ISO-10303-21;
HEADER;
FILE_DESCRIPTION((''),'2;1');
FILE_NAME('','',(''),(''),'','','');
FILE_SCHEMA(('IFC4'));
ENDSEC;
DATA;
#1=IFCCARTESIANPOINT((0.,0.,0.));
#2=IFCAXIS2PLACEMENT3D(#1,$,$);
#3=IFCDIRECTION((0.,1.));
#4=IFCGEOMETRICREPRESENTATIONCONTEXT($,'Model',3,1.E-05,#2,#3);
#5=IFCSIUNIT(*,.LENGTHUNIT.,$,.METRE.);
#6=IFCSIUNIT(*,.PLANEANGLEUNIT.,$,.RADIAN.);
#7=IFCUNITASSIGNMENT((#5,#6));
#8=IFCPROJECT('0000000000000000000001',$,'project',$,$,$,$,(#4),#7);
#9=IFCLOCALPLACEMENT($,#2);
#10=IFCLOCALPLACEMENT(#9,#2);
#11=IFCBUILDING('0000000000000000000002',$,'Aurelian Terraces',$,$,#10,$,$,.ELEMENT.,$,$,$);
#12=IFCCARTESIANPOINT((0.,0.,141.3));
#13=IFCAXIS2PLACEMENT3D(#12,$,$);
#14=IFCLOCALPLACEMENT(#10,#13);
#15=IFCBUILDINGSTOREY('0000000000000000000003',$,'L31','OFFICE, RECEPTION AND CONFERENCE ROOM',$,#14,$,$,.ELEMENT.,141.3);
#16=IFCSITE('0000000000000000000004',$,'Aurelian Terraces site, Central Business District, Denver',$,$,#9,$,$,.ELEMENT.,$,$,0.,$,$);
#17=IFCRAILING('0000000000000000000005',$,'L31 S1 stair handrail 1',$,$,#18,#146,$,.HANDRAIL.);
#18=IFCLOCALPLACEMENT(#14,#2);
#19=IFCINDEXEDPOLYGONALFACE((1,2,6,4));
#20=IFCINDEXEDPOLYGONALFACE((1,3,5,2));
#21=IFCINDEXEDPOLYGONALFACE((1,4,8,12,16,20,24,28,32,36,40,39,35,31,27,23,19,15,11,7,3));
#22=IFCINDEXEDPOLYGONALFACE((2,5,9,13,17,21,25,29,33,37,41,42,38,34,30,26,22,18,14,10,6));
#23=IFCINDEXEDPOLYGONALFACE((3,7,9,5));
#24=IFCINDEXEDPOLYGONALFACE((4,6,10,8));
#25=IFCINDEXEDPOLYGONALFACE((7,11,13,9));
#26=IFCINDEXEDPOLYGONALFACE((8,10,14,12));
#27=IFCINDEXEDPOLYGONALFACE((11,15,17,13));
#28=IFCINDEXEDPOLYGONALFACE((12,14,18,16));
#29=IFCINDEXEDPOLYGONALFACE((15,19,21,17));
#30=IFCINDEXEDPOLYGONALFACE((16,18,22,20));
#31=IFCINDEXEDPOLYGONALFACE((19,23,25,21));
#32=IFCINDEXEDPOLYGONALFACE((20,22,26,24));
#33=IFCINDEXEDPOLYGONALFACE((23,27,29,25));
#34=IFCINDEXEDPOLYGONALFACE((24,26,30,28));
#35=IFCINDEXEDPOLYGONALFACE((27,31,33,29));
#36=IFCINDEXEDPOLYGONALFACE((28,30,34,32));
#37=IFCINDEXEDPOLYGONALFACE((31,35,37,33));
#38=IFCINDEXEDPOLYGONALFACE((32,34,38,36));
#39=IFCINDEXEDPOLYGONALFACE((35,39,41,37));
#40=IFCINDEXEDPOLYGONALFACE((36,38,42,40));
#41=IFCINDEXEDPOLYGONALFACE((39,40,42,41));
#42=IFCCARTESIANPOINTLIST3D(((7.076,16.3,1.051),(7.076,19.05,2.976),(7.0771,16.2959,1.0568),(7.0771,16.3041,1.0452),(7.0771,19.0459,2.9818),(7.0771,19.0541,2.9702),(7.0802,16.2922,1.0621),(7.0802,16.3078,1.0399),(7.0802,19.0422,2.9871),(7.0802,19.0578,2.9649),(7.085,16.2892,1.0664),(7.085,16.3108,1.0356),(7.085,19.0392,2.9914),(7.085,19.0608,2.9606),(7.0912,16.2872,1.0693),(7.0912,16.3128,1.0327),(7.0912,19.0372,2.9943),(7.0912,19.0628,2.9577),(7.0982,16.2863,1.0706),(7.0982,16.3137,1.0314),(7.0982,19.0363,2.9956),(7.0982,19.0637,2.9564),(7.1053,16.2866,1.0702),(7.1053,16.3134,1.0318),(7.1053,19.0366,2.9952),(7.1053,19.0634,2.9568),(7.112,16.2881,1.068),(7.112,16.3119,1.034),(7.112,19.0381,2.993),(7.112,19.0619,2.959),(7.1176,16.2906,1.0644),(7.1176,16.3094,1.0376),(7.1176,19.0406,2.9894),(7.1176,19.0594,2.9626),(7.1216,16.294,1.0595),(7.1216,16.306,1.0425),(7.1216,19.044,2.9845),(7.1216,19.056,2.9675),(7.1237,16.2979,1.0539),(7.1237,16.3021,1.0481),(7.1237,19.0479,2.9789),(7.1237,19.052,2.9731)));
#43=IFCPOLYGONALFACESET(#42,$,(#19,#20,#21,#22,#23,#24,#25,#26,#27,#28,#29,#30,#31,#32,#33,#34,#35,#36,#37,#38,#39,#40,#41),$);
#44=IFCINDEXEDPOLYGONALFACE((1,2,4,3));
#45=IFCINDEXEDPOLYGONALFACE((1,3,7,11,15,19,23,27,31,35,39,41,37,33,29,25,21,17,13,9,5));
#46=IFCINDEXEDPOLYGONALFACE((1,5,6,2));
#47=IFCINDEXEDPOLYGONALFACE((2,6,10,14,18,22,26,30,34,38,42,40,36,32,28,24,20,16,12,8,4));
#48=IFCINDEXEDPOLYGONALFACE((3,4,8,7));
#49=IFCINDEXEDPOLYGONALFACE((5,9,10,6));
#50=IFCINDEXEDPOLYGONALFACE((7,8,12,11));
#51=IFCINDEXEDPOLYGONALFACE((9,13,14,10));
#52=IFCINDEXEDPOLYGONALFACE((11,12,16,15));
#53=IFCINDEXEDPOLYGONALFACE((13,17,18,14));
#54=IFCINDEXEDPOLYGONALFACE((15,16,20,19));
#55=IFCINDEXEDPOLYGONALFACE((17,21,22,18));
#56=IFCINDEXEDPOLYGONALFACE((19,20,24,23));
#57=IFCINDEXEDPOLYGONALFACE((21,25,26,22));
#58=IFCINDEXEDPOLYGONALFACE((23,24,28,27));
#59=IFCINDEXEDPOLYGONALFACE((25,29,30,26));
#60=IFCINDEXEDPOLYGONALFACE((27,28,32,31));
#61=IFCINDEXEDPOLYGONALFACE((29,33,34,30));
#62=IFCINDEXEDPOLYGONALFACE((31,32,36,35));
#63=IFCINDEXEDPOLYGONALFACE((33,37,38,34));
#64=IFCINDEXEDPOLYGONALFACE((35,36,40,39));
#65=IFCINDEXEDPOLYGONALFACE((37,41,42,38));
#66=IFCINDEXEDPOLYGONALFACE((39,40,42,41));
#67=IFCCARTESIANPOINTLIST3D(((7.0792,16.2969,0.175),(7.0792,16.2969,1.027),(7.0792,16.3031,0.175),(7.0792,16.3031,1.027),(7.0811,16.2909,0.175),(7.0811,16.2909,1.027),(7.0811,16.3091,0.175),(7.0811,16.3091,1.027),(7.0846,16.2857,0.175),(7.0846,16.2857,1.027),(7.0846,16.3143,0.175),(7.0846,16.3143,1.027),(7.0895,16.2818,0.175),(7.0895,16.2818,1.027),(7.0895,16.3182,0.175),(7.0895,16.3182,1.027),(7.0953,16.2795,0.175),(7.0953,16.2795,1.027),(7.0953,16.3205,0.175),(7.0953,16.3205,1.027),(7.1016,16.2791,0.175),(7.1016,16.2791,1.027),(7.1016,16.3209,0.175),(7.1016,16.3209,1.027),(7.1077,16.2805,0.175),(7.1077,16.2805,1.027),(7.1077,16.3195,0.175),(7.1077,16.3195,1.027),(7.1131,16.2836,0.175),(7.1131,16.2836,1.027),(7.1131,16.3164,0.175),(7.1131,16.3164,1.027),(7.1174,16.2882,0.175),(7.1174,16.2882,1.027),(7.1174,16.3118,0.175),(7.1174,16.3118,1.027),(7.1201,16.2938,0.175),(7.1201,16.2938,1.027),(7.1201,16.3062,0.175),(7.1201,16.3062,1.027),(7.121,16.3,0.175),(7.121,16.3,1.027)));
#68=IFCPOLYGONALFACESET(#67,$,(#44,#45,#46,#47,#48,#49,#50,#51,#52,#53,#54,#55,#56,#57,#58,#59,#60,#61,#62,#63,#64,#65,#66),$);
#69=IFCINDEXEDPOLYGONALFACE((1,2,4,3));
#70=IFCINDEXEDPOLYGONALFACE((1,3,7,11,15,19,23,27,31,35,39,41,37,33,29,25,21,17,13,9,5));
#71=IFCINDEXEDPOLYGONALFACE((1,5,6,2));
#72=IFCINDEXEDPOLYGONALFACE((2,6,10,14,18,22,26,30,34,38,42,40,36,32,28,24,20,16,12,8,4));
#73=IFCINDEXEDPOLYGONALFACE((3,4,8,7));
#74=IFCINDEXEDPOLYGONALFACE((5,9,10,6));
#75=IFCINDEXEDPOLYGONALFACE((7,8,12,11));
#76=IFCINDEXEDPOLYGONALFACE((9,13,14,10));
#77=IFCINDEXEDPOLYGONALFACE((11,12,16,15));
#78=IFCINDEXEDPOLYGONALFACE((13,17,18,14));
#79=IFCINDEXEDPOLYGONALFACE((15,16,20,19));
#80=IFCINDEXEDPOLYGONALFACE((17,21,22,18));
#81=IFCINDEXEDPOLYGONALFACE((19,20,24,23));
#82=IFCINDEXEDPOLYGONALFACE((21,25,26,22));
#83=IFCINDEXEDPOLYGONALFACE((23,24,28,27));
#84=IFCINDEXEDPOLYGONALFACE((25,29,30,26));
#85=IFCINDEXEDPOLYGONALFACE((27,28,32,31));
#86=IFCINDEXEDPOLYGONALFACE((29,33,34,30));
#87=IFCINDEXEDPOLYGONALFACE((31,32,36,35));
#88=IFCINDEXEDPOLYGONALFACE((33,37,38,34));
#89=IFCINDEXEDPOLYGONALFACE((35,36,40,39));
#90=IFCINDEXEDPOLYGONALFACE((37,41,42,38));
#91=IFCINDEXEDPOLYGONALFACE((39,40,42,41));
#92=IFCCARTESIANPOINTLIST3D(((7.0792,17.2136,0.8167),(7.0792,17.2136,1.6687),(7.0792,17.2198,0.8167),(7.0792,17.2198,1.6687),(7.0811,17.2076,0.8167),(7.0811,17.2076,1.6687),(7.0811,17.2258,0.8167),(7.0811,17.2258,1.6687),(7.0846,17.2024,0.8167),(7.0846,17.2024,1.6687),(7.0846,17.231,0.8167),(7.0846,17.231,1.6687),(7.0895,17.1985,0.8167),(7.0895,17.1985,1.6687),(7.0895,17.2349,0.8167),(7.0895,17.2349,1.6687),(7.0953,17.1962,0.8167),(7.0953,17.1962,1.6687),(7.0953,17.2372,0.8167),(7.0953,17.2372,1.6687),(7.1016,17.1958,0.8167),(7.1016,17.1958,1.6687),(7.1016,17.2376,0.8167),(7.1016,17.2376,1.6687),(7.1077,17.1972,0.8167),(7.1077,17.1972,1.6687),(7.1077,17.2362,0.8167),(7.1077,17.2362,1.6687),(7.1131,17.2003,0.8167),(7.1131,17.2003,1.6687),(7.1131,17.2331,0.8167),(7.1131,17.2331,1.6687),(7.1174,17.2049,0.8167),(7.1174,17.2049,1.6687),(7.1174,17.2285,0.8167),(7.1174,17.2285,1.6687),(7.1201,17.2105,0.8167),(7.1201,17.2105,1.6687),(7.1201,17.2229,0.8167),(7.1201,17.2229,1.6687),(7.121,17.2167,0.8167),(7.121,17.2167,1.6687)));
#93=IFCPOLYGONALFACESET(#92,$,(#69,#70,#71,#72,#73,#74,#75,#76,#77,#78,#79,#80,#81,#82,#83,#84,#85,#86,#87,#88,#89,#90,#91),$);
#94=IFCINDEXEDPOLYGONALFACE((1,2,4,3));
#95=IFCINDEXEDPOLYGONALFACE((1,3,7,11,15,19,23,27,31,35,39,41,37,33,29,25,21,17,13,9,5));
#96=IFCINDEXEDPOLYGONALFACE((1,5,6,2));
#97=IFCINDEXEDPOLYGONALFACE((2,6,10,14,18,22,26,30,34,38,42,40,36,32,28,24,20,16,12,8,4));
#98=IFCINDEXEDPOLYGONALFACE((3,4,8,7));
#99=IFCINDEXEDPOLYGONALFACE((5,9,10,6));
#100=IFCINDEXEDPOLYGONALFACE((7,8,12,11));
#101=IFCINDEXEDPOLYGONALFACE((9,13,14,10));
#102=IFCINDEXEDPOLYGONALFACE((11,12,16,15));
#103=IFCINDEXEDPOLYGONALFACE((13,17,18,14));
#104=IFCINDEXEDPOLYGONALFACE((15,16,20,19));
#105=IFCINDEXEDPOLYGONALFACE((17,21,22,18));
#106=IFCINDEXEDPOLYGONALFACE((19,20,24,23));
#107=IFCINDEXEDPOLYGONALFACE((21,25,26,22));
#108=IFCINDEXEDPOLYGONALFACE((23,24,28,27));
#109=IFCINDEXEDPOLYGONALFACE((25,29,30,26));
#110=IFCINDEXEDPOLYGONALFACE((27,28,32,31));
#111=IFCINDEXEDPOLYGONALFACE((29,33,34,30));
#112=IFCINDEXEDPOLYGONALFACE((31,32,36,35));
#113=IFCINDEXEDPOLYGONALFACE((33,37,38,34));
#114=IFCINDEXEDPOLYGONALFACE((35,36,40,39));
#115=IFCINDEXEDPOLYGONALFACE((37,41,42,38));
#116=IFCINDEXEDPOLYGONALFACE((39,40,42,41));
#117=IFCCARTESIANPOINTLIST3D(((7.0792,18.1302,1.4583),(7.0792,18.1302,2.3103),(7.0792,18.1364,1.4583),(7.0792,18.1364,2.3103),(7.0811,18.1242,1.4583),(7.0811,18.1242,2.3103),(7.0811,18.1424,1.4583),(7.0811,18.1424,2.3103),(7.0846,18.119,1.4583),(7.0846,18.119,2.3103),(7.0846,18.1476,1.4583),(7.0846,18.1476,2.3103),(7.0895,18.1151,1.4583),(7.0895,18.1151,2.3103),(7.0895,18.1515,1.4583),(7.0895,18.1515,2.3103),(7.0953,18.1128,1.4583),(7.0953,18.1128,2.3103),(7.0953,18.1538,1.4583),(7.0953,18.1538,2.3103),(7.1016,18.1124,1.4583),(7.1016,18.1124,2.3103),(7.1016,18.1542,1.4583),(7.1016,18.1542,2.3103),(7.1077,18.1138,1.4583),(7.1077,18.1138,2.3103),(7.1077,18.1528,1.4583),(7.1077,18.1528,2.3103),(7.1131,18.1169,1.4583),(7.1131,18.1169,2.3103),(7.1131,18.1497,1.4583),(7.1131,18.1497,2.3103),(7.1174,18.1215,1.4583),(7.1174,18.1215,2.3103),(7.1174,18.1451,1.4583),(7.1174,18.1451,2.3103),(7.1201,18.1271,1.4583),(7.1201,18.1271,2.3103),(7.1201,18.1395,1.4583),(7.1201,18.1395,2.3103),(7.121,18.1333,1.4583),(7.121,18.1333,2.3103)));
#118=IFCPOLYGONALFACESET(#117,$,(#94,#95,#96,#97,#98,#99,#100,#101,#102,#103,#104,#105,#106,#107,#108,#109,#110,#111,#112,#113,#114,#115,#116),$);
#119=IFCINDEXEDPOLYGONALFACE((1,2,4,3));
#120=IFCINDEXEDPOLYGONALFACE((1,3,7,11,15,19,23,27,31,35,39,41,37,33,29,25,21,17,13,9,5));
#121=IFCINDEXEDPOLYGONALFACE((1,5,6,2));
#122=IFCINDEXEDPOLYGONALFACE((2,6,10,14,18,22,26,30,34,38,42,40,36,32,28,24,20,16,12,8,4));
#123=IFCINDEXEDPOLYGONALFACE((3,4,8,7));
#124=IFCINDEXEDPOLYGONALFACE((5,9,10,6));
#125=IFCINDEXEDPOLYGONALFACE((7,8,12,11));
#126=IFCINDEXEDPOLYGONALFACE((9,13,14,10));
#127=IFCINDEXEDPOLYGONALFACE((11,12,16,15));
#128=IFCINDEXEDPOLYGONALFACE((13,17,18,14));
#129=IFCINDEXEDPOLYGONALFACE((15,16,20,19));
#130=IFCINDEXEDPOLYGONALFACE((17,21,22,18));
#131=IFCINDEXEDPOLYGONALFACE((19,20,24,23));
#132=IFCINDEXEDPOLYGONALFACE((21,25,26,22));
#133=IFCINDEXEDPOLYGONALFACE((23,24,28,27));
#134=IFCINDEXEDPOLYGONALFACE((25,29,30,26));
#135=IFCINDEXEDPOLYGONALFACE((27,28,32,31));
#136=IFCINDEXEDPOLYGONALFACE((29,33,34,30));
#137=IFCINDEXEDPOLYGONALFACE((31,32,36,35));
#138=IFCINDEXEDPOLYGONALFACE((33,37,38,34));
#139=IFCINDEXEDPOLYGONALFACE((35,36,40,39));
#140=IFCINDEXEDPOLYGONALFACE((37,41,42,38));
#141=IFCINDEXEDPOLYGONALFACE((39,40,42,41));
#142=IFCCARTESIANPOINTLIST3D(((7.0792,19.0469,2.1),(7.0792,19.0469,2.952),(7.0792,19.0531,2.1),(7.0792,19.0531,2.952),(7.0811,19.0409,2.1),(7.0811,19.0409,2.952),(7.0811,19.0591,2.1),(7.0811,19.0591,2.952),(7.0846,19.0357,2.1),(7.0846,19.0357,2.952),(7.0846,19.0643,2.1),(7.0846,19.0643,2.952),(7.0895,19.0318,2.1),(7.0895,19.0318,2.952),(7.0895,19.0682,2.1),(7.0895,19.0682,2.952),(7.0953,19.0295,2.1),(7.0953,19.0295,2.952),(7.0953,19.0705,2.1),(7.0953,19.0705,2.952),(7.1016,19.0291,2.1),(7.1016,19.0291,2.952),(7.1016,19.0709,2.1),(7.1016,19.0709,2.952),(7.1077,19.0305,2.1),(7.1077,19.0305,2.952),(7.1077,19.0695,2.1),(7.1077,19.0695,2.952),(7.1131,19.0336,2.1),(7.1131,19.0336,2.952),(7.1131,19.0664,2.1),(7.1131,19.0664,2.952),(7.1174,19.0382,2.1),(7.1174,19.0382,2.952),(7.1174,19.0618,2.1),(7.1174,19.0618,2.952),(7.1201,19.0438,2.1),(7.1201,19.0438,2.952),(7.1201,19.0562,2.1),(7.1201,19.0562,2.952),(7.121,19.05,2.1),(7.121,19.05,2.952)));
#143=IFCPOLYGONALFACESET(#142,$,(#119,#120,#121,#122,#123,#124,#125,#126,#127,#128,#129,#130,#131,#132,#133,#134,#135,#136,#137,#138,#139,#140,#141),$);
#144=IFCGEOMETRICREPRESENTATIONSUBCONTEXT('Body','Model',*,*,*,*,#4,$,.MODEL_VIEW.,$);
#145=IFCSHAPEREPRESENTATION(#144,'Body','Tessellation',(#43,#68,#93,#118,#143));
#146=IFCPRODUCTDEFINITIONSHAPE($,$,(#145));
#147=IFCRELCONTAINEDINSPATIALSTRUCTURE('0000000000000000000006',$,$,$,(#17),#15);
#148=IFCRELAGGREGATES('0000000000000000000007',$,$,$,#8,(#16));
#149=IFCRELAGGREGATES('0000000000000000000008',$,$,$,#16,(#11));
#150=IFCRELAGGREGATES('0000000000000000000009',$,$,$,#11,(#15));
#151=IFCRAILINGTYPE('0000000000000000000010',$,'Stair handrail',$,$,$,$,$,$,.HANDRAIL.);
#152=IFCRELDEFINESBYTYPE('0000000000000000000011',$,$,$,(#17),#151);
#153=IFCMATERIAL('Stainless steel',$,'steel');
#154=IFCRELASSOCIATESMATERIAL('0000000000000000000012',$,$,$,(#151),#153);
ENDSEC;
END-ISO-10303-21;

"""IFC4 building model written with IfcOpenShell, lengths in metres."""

from ifc_helpers import new_model, si_unit, direction, frame, origin, origin_2d, place, context, subcontext, project, spatial, circle, extrude, source, transform, mapped, material, type_object, element, save


model = new_model("IFC4")

# Units and contexts
model_context = context("Model", 3, precision=1e-05, world=origin(), true_north=direction((0.0, 1.0)))
body_context = subcontext(model_context, "Body", "Model", "MODEL_VIEW")
ifc_project = project(units=[si_unit("LENGTHUNIT", "METRE"), si_unit("PLANEANGLEUNIT", "RADIAN")], contexts=[model_context])

# Site, building, storey
site_placement = place(None, origin())
site = spatial("IfcSite", under=ifc_project, at=site_placement, Name="Aurelian Terraces site, Central Business District, Denver", CompositionType="ELEMENT", RefElevation=0.0)
building_placement = place(site_placement, origin())
building = spatial("IfcBuilding", under=site, at=building_placement, Name="Aurelian Terraces", CompositionType="ELEMENT")
storey_placement = place(building_placement, frame((0.0, 0.0, 141.3)))
storey = spatial("IfcBuildingStorey", under=building, at=storey_placement, Name="L31", Description="OFFICE, RECEPTION AND CONFERENCE ROOM", CompositionType="ELEMENT", Elevation=141.3)

# Shared definitions
ifc_material_1 = material(Name="Stainless steel", Category="steel")

# Railing
railing_type_1 = type_object("IfcRailingType", Name="Stair handrail", PredefinedType="HANDRAIL", material=ifc_material_1)
shared_shape_1 = source(origin(), body_context, "Body", "SweptSolid", [
    extrude(circle(Radius=0.024, at=origin_2d()), frame((0.0, 0.0, 0.876), z_axis=(0.0, 0.819232, 0.573462), x_axis=(-1.0, 0.0, 0.0)), (0.0, 0.0, 1.0), 3.3568),
    extrude(circle(Radius=0.021, at=origin_2d()), origin(), (0.0, 0.0, 1.0), 0.852),
    extrude(circle(Radius=0.021, at=origin_2d()), frame((0.0, 0.9167, 0.6417)), (0.0, 0.0, 1.0), 0.852),
    extrude(circle(Radius=0.021, at=origin_2d()), frame((0.0, 1.8333, 1.2833)), (0.0, 0.0, 1.0), 0.852),
    extrude(circle(Radius=0.021, at=origin_2d()), frame((0.0, 2.75, 1.925)), (0.0, 0.0, 1.0), 0.852),
])
railing_1_placement = place(storey_placement, frame((7.1, 16.3, 0.175)))
element("IfcRailing", 1, at=railing_1_placement, inside=storey, type_object=railing_type_1, Name="L31 S1 stair handrail 1", PredefinedType="HANDRAIL", context=body_context, shape_type="MappedRepresentation", body=[
    mapped(shared_shape_1, transform((0.0, 0.0, 0.0), scale=1.0)),
])

save(model, "model.ifc")
